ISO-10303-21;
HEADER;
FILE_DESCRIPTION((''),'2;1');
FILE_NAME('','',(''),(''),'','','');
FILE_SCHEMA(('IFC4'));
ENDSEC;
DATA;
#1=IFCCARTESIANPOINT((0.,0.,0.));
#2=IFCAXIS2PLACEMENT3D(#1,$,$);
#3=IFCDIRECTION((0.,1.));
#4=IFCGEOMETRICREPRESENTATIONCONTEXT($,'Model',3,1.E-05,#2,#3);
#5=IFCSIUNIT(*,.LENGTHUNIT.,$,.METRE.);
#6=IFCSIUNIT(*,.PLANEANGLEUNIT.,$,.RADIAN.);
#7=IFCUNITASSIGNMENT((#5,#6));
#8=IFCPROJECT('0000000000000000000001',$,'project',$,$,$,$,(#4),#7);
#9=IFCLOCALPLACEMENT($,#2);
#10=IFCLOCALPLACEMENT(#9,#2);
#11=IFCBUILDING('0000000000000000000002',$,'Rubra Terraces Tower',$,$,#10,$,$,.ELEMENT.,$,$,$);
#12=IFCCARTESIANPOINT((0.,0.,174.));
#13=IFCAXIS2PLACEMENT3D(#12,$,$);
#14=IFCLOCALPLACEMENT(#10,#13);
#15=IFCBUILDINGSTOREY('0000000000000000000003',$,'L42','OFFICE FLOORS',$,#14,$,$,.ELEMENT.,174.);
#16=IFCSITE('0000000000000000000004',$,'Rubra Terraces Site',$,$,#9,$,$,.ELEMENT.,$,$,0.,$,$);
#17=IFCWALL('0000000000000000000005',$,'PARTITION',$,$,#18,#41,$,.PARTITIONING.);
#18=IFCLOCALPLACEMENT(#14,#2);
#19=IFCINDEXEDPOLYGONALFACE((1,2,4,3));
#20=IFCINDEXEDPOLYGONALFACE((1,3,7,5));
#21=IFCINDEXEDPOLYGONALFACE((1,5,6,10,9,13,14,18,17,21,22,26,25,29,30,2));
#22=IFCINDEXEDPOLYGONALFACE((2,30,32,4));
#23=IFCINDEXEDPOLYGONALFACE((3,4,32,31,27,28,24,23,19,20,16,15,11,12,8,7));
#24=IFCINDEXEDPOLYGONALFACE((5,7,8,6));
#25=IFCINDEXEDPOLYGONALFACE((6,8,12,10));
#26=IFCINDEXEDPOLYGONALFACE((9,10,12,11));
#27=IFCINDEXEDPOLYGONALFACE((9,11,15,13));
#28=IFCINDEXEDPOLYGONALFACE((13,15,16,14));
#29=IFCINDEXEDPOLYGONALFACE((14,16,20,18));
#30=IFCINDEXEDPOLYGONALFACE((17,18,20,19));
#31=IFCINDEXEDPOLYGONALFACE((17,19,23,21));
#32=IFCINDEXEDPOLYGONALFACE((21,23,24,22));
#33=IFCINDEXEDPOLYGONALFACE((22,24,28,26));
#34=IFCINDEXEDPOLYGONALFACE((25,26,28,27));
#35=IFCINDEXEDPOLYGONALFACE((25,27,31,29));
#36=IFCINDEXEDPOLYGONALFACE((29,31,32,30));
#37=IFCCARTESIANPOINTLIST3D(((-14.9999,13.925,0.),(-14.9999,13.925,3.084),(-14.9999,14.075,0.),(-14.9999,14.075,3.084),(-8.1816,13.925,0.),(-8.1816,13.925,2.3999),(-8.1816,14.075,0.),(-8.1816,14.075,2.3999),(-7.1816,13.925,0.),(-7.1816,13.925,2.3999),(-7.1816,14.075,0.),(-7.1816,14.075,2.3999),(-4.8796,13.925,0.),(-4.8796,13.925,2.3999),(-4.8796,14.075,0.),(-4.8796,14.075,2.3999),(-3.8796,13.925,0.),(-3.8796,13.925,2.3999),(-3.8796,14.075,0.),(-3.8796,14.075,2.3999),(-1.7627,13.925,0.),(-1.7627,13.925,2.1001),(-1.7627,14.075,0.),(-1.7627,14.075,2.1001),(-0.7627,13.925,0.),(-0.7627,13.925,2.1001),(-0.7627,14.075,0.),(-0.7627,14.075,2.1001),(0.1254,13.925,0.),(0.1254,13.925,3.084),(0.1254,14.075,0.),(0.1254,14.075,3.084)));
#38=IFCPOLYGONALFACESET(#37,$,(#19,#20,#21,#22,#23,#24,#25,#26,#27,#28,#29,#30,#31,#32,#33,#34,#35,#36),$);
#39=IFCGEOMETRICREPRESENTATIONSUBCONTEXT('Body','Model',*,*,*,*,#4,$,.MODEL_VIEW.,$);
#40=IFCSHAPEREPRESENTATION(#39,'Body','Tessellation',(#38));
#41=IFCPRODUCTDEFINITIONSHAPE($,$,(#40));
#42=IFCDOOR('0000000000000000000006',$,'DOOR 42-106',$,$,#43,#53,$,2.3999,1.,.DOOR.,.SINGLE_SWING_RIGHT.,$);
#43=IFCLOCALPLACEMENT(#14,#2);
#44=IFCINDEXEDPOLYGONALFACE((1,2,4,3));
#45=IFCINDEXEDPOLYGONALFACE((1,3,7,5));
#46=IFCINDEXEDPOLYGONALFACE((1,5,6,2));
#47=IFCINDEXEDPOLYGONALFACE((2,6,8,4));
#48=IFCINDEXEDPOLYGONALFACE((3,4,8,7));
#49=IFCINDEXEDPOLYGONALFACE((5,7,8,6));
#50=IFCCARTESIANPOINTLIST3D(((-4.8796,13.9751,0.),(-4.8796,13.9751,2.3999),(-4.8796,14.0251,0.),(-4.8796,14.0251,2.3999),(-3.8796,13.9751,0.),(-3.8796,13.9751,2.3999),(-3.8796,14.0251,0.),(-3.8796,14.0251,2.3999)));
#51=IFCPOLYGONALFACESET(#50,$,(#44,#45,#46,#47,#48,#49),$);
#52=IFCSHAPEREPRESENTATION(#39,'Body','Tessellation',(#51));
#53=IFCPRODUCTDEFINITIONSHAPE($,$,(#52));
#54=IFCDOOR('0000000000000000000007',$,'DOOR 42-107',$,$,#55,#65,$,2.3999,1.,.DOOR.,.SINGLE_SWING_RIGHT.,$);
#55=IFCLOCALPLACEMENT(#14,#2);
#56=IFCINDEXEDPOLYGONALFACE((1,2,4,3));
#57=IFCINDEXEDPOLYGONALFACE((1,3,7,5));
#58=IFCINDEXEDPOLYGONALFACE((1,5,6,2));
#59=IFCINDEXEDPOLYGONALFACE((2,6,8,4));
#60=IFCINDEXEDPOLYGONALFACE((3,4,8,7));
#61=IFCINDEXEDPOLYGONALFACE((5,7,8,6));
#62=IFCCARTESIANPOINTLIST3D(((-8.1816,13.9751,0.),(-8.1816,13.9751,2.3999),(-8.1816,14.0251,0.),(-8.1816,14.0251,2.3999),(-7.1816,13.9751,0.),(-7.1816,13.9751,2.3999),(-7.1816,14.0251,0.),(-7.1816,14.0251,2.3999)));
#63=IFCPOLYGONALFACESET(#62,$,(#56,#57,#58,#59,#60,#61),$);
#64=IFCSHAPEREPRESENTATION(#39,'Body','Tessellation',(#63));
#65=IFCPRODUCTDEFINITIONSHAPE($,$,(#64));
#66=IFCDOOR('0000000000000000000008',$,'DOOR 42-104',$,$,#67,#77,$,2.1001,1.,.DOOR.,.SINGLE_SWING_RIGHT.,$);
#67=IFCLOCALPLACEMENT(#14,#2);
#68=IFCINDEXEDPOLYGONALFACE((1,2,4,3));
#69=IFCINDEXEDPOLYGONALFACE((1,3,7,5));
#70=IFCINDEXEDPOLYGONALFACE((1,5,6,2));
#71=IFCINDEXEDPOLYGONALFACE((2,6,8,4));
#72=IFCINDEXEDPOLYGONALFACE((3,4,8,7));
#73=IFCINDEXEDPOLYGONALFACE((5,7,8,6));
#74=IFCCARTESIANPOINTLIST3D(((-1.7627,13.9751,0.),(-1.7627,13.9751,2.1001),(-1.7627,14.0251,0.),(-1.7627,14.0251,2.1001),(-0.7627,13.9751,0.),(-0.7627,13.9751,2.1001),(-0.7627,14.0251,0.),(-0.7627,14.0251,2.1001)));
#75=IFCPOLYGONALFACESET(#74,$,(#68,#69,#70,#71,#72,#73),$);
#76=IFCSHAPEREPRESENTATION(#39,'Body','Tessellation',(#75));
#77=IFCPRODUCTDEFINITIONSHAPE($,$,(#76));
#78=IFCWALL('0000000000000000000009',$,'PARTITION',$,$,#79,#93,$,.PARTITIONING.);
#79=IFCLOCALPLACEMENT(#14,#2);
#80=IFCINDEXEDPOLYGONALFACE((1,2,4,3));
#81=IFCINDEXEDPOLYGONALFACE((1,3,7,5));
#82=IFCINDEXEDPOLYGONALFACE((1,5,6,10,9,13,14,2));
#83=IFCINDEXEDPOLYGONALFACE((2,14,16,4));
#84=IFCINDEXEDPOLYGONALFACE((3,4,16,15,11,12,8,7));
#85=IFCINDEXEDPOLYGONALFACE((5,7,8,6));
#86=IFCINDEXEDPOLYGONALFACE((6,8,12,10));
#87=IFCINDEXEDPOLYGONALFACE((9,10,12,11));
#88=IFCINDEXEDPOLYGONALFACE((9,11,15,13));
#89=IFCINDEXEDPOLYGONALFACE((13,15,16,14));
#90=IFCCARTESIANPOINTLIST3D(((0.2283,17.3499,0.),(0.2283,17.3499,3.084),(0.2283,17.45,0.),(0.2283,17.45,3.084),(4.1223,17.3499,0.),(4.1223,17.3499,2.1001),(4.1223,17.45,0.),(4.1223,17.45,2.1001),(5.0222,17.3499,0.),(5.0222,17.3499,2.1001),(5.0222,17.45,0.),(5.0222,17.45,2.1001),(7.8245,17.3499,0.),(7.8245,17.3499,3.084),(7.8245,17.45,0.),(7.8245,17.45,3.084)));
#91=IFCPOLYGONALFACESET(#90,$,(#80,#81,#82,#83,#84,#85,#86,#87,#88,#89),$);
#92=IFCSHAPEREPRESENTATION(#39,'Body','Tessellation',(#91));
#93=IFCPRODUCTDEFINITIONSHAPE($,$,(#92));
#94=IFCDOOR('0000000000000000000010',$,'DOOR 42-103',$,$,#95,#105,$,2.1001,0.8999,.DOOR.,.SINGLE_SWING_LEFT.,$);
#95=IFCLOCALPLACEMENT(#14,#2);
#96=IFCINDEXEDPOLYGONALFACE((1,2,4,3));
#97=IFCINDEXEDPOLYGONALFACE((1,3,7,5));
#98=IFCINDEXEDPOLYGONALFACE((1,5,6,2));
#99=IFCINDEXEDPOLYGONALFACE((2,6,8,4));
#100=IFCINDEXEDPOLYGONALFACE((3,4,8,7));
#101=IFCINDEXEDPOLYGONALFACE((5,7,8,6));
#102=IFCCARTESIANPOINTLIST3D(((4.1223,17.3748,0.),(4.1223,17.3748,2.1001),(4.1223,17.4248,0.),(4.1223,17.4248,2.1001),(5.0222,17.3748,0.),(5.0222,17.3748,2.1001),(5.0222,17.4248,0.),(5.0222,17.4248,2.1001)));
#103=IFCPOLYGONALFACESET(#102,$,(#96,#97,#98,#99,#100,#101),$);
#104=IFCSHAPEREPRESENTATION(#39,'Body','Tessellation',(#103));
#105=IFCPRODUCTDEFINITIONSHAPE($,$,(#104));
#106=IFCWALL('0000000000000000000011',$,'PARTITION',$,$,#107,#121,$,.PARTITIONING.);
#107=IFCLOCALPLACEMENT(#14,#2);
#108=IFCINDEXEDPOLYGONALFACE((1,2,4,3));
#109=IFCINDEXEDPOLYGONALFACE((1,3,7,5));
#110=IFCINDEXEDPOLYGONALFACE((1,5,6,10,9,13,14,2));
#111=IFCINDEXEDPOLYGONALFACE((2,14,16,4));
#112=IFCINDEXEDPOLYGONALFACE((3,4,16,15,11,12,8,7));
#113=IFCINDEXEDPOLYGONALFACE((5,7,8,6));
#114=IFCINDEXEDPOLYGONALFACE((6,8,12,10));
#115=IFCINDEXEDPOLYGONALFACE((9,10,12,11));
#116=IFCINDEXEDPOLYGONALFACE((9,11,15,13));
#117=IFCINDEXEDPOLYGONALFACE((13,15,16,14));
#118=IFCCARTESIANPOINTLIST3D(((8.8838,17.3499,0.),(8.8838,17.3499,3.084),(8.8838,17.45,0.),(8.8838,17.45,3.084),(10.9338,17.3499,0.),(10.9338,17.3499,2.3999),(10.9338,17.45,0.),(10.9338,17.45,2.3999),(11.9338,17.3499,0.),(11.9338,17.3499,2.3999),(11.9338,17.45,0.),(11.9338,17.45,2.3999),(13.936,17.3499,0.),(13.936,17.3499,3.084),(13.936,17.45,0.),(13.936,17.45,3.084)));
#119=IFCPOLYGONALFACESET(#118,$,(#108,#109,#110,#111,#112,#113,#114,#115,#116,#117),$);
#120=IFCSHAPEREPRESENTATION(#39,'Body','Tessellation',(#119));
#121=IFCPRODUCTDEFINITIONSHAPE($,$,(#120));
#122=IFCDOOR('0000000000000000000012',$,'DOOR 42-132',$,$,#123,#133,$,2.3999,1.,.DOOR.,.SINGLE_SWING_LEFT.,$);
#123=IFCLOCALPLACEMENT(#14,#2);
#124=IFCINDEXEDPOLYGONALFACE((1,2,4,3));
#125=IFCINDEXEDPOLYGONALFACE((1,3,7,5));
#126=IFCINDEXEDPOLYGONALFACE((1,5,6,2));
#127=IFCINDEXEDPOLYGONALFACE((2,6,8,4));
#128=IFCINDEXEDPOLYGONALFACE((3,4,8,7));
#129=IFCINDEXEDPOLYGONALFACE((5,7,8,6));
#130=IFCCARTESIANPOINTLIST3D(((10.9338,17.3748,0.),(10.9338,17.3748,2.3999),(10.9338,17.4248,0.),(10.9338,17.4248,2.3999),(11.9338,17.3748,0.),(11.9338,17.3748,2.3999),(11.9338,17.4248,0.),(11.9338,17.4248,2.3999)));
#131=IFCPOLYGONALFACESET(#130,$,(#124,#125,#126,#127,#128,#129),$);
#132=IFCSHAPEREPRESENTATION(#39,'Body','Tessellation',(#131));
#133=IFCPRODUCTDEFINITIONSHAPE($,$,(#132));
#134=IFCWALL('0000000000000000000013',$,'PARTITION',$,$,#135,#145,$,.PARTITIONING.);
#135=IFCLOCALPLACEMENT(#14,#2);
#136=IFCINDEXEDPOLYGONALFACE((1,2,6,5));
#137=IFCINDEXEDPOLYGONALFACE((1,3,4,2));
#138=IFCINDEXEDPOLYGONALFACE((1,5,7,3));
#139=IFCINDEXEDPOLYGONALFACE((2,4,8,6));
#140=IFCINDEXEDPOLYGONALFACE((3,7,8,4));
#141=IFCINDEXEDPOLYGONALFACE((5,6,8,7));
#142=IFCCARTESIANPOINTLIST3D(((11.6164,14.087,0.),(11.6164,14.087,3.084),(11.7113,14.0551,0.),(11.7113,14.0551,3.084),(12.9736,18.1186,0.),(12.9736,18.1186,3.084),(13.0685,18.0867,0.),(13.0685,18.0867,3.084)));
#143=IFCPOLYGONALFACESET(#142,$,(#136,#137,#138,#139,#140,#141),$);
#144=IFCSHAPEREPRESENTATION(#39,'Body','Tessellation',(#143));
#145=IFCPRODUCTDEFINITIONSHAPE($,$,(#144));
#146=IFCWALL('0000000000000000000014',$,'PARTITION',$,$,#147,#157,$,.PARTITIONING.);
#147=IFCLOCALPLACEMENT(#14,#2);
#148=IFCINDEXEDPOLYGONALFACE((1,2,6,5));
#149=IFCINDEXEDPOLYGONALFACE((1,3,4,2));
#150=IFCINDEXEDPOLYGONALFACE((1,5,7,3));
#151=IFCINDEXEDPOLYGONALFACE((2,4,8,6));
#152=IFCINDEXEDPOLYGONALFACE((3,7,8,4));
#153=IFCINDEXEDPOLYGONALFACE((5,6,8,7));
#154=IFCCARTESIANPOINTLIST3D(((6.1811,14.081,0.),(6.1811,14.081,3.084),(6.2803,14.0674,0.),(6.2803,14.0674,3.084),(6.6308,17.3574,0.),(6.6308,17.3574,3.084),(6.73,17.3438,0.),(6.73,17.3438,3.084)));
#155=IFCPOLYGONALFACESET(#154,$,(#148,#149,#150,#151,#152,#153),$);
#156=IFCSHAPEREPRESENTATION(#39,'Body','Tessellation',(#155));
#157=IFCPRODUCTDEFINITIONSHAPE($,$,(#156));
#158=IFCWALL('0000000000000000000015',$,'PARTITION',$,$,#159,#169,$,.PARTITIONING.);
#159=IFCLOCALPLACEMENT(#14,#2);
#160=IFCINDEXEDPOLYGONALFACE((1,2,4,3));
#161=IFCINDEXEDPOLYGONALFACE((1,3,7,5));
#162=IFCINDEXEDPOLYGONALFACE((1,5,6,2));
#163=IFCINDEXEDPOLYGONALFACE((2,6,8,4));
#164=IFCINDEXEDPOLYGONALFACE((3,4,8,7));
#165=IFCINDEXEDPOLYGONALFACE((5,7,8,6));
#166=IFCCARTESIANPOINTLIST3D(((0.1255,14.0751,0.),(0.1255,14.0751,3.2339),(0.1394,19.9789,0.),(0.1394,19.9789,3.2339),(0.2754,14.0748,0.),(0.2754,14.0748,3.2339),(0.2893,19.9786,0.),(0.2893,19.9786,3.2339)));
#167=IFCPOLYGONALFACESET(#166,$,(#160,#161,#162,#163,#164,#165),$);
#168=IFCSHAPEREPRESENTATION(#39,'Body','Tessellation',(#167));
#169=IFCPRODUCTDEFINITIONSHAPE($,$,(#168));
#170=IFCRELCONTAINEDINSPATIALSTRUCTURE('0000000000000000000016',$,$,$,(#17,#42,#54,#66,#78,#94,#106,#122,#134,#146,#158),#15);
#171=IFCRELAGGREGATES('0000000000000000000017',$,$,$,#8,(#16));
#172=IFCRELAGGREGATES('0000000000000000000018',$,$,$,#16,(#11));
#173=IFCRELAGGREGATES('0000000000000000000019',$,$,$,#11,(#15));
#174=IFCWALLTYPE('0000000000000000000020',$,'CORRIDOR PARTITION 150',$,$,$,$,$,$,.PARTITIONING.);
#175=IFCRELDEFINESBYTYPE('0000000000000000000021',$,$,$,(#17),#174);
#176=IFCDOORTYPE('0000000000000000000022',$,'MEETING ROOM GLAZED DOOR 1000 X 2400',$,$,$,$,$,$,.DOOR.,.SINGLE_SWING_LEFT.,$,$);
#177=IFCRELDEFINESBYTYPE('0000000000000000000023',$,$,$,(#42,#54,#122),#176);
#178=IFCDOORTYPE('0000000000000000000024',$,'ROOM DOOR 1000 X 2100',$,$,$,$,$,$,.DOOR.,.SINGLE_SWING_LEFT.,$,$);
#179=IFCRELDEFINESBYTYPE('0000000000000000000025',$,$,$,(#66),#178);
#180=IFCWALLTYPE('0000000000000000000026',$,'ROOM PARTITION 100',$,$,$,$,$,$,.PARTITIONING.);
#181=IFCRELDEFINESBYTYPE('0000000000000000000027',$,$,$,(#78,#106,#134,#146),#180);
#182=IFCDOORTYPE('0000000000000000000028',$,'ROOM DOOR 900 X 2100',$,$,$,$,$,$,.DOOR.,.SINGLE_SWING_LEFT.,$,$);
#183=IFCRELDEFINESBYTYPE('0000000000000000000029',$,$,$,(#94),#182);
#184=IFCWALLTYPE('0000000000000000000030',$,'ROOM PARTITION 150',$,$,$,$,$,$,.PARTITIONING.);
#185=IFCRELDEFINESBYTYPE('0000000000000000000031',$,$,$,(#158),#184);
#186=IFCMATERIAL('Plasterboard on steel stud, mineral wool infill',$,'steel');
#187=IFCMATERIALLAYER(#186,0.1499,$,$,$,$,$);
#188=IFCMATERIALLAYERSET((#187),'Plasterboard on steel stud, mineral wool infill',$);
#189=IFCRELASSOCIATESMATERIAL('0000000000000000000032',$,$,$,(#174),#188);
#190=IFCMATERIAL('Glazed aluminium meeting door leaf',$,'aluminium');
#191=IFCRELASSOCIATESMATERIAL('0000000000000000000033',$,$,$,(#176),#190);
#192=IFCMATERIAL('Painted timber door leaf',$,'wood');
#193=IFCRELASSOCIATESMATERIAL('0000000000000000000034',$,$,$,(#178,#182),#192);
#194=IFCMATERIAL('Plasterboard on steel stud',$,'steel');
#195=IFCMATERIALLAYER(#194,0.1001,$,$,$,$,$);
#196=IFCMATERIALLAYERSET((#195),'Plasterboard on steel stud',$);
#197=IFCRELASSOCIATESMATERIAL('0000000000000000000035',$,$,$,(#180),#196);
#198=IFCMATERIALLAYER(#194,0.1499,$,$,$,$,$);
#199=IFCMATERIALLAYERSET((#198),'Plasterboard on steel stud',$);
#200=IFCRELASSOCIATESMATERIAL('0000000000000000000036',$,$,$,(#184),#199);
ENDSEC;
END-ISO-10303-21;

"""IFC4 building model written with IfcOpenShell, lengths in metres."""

from ifc_helpers import new_model, si_unit, direction, frame, frame_2d, origin, place, context, subcontext, project, spatial, rectangle, extrude, material, layer, layer_set, type_object, element, fill, save


model = new_model("IFC4")

# Units and contexts
model_context = context("Model", 3, precision=1e-05, world=origin(), true_north=direction((0.0, 1.0)))
body_context = subcontext(model_context, "Body", "Model", "MODEL_VIEW")
ifc_project = project(units=[si_unit("LENGTHUNIT", "METRE"), si_unit("PLANEANGLEUNIT", "RADIAN")], contexts=[model_context])

# Site, building, storey
site_placement = place(None, origin())
site = spatial("IfcSite", under=ifc_project, at=site_placement, Name="Rubra Terraces Site", CompositionType="ELEMENT", RefElevation=0.0)
building_placement = place(site_placement, origin())
building = spatial("IfcBuilding", under=site, at=building_placement, Name="Rubra Terraces Tower", CompositionType="ELEMENT")
storey_placement = place(building_placement, frame((0.0, 0.0, 174.0)))
storey = spatial("IfcBuildingStorey", under=building, at=storey_placement, Name="L42", Description="OFFICE FLOORS", CompositionType="ELEMENT", Elevation=174.0)

# Wall, openings, doors
ifc_material_1 = material(Name="Plasterboard on steel stud, mineral wool infill", Category="steel")
ifc_layer_1 = layer(ifc_material_1, 0.1499)
ifc_layer_set_1 = layer_set([ifc_layer_1], Name="Plasterboard on steel stud, mineral wool infill")
wall_type_1 = type_object("IfcWallType", Name="CORRIDOR PARTITION 150", PredefinedType="PARTITIONING", material=ifc_layer_set_1)
wall_1_placement = place(storey_placement, frame((0.1252, 14.0, 0.0), z_axis=(0.0, 0.0, 1.0), x_axis=(-1.0, 0.0, 0.0)))
wall_1 = element("IfcWall", 1, at=wall_1_placement, inside=storey, type_object=wall_type_1, Name="PARTITION", PredefinedType="PARTITIONING", context=body_context, shape_type="SweptSolid", body=[
    extrude(rectangle(XDim=15.1252, YDim=0.1499, at=frame_2d((7.5625, 0.0))), origin(), (0.0, 0.0, 1.0), 3.084),
])
opening_1_placement = place(wall_1_placement, frame((0.8879, 0.0, 0.0)))
opening_1 = element("IfcOpeningElement", 2, at=opening_1_placement, cuts=wall_1, PredefinedType="OPENING", context=body_context, shape_type="SweptSolid", body=[
    extrude(rectangle(XDim=1.0, YDim=2.1001, at=frame_2d((0.5, 1.05))), frame((0.0, 0.085, 0.0), z_axis=(0.0, -1.0, 0.0), x_axis=(1.0, 0.0, 0.0)), (0.0, 0.0, 1.0), 0.1699),
])
opening_2_placement = place(wall_1_placement, frame((4.0049, 0.0, 0.0)))
opening_2 = element("IfcOpeningElement", 3, at=opening_2_placement, cuts=wall_1, PredefinedType="OPENING", context=body_context, shape_type="SweptSolid", body=[
    extrude(rectangle(XDim=1.0, YDim=2.3999, at=frame_2d((0.5, 1.2))), frame((0.0, 0.085, 0.0), z_axis=(0.0, -1.0, 0.0), x_axis=(1.0, 0.0, 0.0)), (0.0, 0.0, 1.0), 0.1699),
])
opening_3_placement = place(wall_1_placement, frame((7.3069, 0.0, 0.0)))
opening_3 = element("IfcOpeningElement", 4, at=opening_3_placement, cuts=wall_1, PredefinedType="OPENING", context=body_context, shape_type="SweptSolid", body=[
    extrude(rectangle(XDim=1.0, YDim=2.3999, at=frame_2d((0.5, 1.2))), frame((0.0, 0.085, 0.0), z_axis=(0.0, -1.0, 0.0), x_axis=(1.0, 0.0, 0.0)), (0.0, 0.0, 1.0), 0.1699),
])
ifc_material_2 = material(Name="Glazed aluminium meeting door leaf", Category="aluminium")
door_type_1 = type_object("IfcDoorType", Name="MEETING ROOM GLAZED DOOR 1000 X 2400", OperationType="SINGLE_SWING_LEFT", PredefinedType="DOOR", material=ifc_material_2)
door_1_placement = place(opening_2_placement, origin())
door_1 = element("IfcDoor", 5, at=door_1_placement, inside=storey, type_object=door_type_1, Name="DOOR 42-106", OperationType="SINGLE_SWING_RIGHT", OverallHeight=2.3999, OverallWidth=1.0, PredefinedType="DOOR", context=body_context, shape_type="SweptSolid", body=[
    extrude(rectangle(XDim=1.0, YDim=2.3999, at=frame_2d((0.5, 1.2))), frame((0.0, 0.0249, 0.0), z_axis=(0.0, -1.0, 0.0), x_axis=(1.0, 0.0, 0.0)), (0.0, 0.0, 1.0), 0.05),
])
fill(opening_2, door_1)
door_2_placement = place(opening_3_placement, origin())
door_2 = element("IfcDoor", 6, at=door_2_placement, inside=storey, type_object=door_type_1, Name="DOOR 42-107", OperationType="SINGLE_SWING_RIGHT", OverallHeight=2.3999, OverallWidth=1.0, PredefinedType="DOOR", context=body_context, shape_type="SweptSolid", body=[
    extrude(rectangle(XDim=1.0, YDim=2.3999, at=frame_2d((0.5, 1.2))), frame((0.0, 0.0249, 0.0), z_axis=(0.0, -1.0, 0.0), x_axis=(1.0, 0.0, 0.0)), (0.0, 0.0, 1.0), 0.05),
])
fill(opening_3, door_2)
ifc_material_3 = material(Name="Painted timber door leaf", Category="wood")
door_type_2 = type_object("IfcDoorType", Name="ROOM DOOR 1000 X 2100", OperationType="SINGLE_SWING_LEFT", PredefinedType="DOOR", material=ifc_material_3)
door_3_placement = place(opening_1_placement, origin())
door_3 = element("IfcDoor", 7, at=door_3_placement, inside=storey, type_object=door_type_2, Name="DOOR 42-104", OperationType="SINGLE_SWING_RIGHT", OverallHeight=2.1001, OverallWidth=1.0, PredefinedType="DOOR", context=body_context, shape_type="SweptSolid", body=[
    extrude(rectangle(XDim=1.0, YDim=2.1001, at=frame_2d((0.5, 1.05))), frame((0.0, 0.0249, 0.0), z_axis=(0.0, -1.0, 0.0), x_axis=(1.0, 0.0, 0.0)), (0.0, 0.0, 1.0), 0.05),
])
fill(opening_1, door_3)

# Walls, openings, doors
ifc_material_4 = material(Name="Plasterboard on steel stud", Category="steel")
ifc_layer_2 = layer(ifc_material_4, 0.1001)
ifc_layer_set_2 = layer_set([ifc_layer_2], Name="Plasterboard on steel stud")
wall_type_2 = type_object("IfcWallType", Name="ROOM PARTITION 100", PredefinedType="PARTITIONING", material=ifc_layer_set_2)
wall_2_placement = place(storey_placement, frame((0.2283, 17.3999, 0.0), z_axis=(0.0, 0.0, 1.0), x_axis=(1.0, 0.0, 0.0)))
wall_2 = element("IfcWall", 8, at=wall_2_placement, inside=storey, type_object=wall_type_2, Name="PARTITION", PredefinedType="PARTITIONING", context=body_context, shape_type="SweptSolid", body=[
    extrude(rectangle(XDim=7.5962, YDim=0.1001, at=frame_2d((3.7981, 0.0))), origin(), (0.0, 0.0, 1.0), 3.084),
])
opening_4_placement = place(wall_2_placement, frame((3.894, 0.0, 0.0)))
opening_4 = element("IfcOpeningElement", 9, at=opening_4_placement, cuts=wall_2, PredefinedType="OPENING", context=body_context, shape_type="SweptSolid", body=[
    extrude(rectangle(XDim=0.8999, YDim=2.1001, at=frame_2d((0.45, 1.05))), frame((0.0, 0.0601, 0.0), z_axis=(0.0, -1.0, 0.0), x_axis=(1.0, 0.0, 0.0)), (0.0, 0.0, 1.0), 0.1201),
])
door_type_3 = type_object("IfcDoorType", Name="ROOM DOOR 900 X 2100", OperationType="SINGLE_SWING_LEFT", PredefinedType="DOOR", material=ifc_material_3)
door_4_placement = place(opening_4_placement, origin())
door_4 = element("IfcDoor", 10, at=door_4_placement, inside=storey, type_object=door_type_3, Name="DOOR 42-103", OperationType="SINGLE_SWING_LEFT", OverallHeight=2.1001, OverallWidth=0.8999, PredefinedType="DOOR", context=body_context, shape_type="SweptSolid", body=[
    extrude(rectangle(XDim=0.8999, YDim=2.1001, at=frame_2d((0.45, 1.05))), frame((0.0, 0.0249, 0.0), z_axis=(0.0, -1.0, 0.0), x_axis=(1.0, 0.0, 0.0)), (0.0, 0.0, 1.0), 0.05),
])
fill(opening_4, door_4)
wall_3_placement = place(storey_placement, frame((8.8838, 17.3999, 0.0), z_axis=(0.0, 0.0, 1.0), x_axis=(1.0, 0.0, 0.0)))
wall_3 = element("IfcWall", 11, at=wall_3_placement, inside=storey, type_object=wall_type_2, Name="PARTITION", PredefinedType="PARTITIONING", context=body_context, shape_type="SweptSolid", body=[
    extrude(rectangle(XDim=5.0522, YDim=0.1001, at=frame_2d((2.5261, 0.0))), origin(), (0.0, 0.0, 1.0), 3.084),
])
opening_5_placement = place(wall_3_placement, frame((2.05, 0.0, 0.0)))
opening_5 = element("IfcOpeningElement", 12, at=opening_5_placement, cuts=wall_3, PredefinedType="OPENING", context=body_context, shape_type="SweptSolid", body=[
    extrude(rectangle(XDim=1.0, YDim=2.3999, at=frame_2d((0.5, 1.2))), frame((0.0, 0.0601, 0.0), z_axis=(0.0, -1.0, 0.0), x_axis=(1.0, 0.0, 0.0)), (0.0, 0.0, 1.0), 0.1201),
])
door_5_placement = place(opening_5_placement, origin())
door_5 = element("IfcDoor", 13, at=door_5_placement, inside=storey, type_object=door_type_1, Name="DOOR 42-132", OperationType="SINGLE_SWING_LEFT", OverallHeight=2.3999, OverallWidth=1.0, PredefinedType="DOOR", context=body_context, shape_type="SweptSolid", body=[
    extrude(rectangle(XDim=1.0, YDim=2.3999, at=frame_2d((0.5, 1.2))), frame((0.0, 0.0249, 0.0), z_axis=(0.0, -1.0, 0.0), x_axis=(1.0, 0.0, 0.0)), (0.0, 0.0, 1.0), 0.05),
])
fill(opening_5, door_5)

# Walls
wall_4_placement = place(storey_placement, frame((11.6638, 14.071, 0.0), z_axis=(0.0, 0.0, 1.0), x_axis=(0.31905, 0.947738, 0.0)))
element("IfcWall", 14, at=wall_4_placement, inside=storey, type_object=wall_type_2, Name="PARTITION", PredefinedType="PARTITIONING", context=body_context, shape_type="SweptSolid", body=[
    extrude(rectangle(XDim=4.2539, YDim=0.1001, at=frame_2d((2.127, 0.0))), origin(), (0.0, 0.0, 1.0), 3.084),
])
wall_5_placement = place(storey_placement, frame((6.2307, 14.0742, 0.0), z_axis=(0.0, 0.0, 1.0), x_axis=(0.135983, 0.990711, 0.0)))
element("IfcWall", 15, at=wall_5_placement, inside=storey, type_object=wall_type_2, Name="PARTITION", PredefinedType="PARTITIONING", context=body_context, shape_type="SweptSolid", body=[
    extrude(rectangle(XDim=3.3071, YDim=0.1001, at=frame_2d((1.6536, 0.0))), origin(), (0.0, 0.0, 1.0), 3.084),
])
ifc_layer_3 = layer(ifc_material_4, 0.1499)
ifc_layer_set_3 = layer_set([ifc_layer_3], Name="Plasterboard on steel stud")
wall_type_3 = type_object("IfcWallType", Name="ROOM PARTITION 150", PredefinedType="PARTITIONING", material=ifc_layer_set_3)
wall_6_placement = place(storey_placement, frame((0.2144, 19.9788, 0.0), z_axis=(0.0, 0.0, 1.0), x_axis=(-0.002357, -0.999997, 0.0)))
element("IfcWall", 16, at=wall_6_placement, inside=storey, type_object=wall_type_3, Name="PARTITION", PredefinedType="PARTITIONING", context=body_context, shape_type="SweptSolid", body=[
    extrude(rectangle(XDim=5.9038, YDim=0.1499, at=frame_2d((2.9519, 0.0))), origin(), (0.0, 0.0, 1.0), 3.2339),
])

save(model, "model.ifc")
